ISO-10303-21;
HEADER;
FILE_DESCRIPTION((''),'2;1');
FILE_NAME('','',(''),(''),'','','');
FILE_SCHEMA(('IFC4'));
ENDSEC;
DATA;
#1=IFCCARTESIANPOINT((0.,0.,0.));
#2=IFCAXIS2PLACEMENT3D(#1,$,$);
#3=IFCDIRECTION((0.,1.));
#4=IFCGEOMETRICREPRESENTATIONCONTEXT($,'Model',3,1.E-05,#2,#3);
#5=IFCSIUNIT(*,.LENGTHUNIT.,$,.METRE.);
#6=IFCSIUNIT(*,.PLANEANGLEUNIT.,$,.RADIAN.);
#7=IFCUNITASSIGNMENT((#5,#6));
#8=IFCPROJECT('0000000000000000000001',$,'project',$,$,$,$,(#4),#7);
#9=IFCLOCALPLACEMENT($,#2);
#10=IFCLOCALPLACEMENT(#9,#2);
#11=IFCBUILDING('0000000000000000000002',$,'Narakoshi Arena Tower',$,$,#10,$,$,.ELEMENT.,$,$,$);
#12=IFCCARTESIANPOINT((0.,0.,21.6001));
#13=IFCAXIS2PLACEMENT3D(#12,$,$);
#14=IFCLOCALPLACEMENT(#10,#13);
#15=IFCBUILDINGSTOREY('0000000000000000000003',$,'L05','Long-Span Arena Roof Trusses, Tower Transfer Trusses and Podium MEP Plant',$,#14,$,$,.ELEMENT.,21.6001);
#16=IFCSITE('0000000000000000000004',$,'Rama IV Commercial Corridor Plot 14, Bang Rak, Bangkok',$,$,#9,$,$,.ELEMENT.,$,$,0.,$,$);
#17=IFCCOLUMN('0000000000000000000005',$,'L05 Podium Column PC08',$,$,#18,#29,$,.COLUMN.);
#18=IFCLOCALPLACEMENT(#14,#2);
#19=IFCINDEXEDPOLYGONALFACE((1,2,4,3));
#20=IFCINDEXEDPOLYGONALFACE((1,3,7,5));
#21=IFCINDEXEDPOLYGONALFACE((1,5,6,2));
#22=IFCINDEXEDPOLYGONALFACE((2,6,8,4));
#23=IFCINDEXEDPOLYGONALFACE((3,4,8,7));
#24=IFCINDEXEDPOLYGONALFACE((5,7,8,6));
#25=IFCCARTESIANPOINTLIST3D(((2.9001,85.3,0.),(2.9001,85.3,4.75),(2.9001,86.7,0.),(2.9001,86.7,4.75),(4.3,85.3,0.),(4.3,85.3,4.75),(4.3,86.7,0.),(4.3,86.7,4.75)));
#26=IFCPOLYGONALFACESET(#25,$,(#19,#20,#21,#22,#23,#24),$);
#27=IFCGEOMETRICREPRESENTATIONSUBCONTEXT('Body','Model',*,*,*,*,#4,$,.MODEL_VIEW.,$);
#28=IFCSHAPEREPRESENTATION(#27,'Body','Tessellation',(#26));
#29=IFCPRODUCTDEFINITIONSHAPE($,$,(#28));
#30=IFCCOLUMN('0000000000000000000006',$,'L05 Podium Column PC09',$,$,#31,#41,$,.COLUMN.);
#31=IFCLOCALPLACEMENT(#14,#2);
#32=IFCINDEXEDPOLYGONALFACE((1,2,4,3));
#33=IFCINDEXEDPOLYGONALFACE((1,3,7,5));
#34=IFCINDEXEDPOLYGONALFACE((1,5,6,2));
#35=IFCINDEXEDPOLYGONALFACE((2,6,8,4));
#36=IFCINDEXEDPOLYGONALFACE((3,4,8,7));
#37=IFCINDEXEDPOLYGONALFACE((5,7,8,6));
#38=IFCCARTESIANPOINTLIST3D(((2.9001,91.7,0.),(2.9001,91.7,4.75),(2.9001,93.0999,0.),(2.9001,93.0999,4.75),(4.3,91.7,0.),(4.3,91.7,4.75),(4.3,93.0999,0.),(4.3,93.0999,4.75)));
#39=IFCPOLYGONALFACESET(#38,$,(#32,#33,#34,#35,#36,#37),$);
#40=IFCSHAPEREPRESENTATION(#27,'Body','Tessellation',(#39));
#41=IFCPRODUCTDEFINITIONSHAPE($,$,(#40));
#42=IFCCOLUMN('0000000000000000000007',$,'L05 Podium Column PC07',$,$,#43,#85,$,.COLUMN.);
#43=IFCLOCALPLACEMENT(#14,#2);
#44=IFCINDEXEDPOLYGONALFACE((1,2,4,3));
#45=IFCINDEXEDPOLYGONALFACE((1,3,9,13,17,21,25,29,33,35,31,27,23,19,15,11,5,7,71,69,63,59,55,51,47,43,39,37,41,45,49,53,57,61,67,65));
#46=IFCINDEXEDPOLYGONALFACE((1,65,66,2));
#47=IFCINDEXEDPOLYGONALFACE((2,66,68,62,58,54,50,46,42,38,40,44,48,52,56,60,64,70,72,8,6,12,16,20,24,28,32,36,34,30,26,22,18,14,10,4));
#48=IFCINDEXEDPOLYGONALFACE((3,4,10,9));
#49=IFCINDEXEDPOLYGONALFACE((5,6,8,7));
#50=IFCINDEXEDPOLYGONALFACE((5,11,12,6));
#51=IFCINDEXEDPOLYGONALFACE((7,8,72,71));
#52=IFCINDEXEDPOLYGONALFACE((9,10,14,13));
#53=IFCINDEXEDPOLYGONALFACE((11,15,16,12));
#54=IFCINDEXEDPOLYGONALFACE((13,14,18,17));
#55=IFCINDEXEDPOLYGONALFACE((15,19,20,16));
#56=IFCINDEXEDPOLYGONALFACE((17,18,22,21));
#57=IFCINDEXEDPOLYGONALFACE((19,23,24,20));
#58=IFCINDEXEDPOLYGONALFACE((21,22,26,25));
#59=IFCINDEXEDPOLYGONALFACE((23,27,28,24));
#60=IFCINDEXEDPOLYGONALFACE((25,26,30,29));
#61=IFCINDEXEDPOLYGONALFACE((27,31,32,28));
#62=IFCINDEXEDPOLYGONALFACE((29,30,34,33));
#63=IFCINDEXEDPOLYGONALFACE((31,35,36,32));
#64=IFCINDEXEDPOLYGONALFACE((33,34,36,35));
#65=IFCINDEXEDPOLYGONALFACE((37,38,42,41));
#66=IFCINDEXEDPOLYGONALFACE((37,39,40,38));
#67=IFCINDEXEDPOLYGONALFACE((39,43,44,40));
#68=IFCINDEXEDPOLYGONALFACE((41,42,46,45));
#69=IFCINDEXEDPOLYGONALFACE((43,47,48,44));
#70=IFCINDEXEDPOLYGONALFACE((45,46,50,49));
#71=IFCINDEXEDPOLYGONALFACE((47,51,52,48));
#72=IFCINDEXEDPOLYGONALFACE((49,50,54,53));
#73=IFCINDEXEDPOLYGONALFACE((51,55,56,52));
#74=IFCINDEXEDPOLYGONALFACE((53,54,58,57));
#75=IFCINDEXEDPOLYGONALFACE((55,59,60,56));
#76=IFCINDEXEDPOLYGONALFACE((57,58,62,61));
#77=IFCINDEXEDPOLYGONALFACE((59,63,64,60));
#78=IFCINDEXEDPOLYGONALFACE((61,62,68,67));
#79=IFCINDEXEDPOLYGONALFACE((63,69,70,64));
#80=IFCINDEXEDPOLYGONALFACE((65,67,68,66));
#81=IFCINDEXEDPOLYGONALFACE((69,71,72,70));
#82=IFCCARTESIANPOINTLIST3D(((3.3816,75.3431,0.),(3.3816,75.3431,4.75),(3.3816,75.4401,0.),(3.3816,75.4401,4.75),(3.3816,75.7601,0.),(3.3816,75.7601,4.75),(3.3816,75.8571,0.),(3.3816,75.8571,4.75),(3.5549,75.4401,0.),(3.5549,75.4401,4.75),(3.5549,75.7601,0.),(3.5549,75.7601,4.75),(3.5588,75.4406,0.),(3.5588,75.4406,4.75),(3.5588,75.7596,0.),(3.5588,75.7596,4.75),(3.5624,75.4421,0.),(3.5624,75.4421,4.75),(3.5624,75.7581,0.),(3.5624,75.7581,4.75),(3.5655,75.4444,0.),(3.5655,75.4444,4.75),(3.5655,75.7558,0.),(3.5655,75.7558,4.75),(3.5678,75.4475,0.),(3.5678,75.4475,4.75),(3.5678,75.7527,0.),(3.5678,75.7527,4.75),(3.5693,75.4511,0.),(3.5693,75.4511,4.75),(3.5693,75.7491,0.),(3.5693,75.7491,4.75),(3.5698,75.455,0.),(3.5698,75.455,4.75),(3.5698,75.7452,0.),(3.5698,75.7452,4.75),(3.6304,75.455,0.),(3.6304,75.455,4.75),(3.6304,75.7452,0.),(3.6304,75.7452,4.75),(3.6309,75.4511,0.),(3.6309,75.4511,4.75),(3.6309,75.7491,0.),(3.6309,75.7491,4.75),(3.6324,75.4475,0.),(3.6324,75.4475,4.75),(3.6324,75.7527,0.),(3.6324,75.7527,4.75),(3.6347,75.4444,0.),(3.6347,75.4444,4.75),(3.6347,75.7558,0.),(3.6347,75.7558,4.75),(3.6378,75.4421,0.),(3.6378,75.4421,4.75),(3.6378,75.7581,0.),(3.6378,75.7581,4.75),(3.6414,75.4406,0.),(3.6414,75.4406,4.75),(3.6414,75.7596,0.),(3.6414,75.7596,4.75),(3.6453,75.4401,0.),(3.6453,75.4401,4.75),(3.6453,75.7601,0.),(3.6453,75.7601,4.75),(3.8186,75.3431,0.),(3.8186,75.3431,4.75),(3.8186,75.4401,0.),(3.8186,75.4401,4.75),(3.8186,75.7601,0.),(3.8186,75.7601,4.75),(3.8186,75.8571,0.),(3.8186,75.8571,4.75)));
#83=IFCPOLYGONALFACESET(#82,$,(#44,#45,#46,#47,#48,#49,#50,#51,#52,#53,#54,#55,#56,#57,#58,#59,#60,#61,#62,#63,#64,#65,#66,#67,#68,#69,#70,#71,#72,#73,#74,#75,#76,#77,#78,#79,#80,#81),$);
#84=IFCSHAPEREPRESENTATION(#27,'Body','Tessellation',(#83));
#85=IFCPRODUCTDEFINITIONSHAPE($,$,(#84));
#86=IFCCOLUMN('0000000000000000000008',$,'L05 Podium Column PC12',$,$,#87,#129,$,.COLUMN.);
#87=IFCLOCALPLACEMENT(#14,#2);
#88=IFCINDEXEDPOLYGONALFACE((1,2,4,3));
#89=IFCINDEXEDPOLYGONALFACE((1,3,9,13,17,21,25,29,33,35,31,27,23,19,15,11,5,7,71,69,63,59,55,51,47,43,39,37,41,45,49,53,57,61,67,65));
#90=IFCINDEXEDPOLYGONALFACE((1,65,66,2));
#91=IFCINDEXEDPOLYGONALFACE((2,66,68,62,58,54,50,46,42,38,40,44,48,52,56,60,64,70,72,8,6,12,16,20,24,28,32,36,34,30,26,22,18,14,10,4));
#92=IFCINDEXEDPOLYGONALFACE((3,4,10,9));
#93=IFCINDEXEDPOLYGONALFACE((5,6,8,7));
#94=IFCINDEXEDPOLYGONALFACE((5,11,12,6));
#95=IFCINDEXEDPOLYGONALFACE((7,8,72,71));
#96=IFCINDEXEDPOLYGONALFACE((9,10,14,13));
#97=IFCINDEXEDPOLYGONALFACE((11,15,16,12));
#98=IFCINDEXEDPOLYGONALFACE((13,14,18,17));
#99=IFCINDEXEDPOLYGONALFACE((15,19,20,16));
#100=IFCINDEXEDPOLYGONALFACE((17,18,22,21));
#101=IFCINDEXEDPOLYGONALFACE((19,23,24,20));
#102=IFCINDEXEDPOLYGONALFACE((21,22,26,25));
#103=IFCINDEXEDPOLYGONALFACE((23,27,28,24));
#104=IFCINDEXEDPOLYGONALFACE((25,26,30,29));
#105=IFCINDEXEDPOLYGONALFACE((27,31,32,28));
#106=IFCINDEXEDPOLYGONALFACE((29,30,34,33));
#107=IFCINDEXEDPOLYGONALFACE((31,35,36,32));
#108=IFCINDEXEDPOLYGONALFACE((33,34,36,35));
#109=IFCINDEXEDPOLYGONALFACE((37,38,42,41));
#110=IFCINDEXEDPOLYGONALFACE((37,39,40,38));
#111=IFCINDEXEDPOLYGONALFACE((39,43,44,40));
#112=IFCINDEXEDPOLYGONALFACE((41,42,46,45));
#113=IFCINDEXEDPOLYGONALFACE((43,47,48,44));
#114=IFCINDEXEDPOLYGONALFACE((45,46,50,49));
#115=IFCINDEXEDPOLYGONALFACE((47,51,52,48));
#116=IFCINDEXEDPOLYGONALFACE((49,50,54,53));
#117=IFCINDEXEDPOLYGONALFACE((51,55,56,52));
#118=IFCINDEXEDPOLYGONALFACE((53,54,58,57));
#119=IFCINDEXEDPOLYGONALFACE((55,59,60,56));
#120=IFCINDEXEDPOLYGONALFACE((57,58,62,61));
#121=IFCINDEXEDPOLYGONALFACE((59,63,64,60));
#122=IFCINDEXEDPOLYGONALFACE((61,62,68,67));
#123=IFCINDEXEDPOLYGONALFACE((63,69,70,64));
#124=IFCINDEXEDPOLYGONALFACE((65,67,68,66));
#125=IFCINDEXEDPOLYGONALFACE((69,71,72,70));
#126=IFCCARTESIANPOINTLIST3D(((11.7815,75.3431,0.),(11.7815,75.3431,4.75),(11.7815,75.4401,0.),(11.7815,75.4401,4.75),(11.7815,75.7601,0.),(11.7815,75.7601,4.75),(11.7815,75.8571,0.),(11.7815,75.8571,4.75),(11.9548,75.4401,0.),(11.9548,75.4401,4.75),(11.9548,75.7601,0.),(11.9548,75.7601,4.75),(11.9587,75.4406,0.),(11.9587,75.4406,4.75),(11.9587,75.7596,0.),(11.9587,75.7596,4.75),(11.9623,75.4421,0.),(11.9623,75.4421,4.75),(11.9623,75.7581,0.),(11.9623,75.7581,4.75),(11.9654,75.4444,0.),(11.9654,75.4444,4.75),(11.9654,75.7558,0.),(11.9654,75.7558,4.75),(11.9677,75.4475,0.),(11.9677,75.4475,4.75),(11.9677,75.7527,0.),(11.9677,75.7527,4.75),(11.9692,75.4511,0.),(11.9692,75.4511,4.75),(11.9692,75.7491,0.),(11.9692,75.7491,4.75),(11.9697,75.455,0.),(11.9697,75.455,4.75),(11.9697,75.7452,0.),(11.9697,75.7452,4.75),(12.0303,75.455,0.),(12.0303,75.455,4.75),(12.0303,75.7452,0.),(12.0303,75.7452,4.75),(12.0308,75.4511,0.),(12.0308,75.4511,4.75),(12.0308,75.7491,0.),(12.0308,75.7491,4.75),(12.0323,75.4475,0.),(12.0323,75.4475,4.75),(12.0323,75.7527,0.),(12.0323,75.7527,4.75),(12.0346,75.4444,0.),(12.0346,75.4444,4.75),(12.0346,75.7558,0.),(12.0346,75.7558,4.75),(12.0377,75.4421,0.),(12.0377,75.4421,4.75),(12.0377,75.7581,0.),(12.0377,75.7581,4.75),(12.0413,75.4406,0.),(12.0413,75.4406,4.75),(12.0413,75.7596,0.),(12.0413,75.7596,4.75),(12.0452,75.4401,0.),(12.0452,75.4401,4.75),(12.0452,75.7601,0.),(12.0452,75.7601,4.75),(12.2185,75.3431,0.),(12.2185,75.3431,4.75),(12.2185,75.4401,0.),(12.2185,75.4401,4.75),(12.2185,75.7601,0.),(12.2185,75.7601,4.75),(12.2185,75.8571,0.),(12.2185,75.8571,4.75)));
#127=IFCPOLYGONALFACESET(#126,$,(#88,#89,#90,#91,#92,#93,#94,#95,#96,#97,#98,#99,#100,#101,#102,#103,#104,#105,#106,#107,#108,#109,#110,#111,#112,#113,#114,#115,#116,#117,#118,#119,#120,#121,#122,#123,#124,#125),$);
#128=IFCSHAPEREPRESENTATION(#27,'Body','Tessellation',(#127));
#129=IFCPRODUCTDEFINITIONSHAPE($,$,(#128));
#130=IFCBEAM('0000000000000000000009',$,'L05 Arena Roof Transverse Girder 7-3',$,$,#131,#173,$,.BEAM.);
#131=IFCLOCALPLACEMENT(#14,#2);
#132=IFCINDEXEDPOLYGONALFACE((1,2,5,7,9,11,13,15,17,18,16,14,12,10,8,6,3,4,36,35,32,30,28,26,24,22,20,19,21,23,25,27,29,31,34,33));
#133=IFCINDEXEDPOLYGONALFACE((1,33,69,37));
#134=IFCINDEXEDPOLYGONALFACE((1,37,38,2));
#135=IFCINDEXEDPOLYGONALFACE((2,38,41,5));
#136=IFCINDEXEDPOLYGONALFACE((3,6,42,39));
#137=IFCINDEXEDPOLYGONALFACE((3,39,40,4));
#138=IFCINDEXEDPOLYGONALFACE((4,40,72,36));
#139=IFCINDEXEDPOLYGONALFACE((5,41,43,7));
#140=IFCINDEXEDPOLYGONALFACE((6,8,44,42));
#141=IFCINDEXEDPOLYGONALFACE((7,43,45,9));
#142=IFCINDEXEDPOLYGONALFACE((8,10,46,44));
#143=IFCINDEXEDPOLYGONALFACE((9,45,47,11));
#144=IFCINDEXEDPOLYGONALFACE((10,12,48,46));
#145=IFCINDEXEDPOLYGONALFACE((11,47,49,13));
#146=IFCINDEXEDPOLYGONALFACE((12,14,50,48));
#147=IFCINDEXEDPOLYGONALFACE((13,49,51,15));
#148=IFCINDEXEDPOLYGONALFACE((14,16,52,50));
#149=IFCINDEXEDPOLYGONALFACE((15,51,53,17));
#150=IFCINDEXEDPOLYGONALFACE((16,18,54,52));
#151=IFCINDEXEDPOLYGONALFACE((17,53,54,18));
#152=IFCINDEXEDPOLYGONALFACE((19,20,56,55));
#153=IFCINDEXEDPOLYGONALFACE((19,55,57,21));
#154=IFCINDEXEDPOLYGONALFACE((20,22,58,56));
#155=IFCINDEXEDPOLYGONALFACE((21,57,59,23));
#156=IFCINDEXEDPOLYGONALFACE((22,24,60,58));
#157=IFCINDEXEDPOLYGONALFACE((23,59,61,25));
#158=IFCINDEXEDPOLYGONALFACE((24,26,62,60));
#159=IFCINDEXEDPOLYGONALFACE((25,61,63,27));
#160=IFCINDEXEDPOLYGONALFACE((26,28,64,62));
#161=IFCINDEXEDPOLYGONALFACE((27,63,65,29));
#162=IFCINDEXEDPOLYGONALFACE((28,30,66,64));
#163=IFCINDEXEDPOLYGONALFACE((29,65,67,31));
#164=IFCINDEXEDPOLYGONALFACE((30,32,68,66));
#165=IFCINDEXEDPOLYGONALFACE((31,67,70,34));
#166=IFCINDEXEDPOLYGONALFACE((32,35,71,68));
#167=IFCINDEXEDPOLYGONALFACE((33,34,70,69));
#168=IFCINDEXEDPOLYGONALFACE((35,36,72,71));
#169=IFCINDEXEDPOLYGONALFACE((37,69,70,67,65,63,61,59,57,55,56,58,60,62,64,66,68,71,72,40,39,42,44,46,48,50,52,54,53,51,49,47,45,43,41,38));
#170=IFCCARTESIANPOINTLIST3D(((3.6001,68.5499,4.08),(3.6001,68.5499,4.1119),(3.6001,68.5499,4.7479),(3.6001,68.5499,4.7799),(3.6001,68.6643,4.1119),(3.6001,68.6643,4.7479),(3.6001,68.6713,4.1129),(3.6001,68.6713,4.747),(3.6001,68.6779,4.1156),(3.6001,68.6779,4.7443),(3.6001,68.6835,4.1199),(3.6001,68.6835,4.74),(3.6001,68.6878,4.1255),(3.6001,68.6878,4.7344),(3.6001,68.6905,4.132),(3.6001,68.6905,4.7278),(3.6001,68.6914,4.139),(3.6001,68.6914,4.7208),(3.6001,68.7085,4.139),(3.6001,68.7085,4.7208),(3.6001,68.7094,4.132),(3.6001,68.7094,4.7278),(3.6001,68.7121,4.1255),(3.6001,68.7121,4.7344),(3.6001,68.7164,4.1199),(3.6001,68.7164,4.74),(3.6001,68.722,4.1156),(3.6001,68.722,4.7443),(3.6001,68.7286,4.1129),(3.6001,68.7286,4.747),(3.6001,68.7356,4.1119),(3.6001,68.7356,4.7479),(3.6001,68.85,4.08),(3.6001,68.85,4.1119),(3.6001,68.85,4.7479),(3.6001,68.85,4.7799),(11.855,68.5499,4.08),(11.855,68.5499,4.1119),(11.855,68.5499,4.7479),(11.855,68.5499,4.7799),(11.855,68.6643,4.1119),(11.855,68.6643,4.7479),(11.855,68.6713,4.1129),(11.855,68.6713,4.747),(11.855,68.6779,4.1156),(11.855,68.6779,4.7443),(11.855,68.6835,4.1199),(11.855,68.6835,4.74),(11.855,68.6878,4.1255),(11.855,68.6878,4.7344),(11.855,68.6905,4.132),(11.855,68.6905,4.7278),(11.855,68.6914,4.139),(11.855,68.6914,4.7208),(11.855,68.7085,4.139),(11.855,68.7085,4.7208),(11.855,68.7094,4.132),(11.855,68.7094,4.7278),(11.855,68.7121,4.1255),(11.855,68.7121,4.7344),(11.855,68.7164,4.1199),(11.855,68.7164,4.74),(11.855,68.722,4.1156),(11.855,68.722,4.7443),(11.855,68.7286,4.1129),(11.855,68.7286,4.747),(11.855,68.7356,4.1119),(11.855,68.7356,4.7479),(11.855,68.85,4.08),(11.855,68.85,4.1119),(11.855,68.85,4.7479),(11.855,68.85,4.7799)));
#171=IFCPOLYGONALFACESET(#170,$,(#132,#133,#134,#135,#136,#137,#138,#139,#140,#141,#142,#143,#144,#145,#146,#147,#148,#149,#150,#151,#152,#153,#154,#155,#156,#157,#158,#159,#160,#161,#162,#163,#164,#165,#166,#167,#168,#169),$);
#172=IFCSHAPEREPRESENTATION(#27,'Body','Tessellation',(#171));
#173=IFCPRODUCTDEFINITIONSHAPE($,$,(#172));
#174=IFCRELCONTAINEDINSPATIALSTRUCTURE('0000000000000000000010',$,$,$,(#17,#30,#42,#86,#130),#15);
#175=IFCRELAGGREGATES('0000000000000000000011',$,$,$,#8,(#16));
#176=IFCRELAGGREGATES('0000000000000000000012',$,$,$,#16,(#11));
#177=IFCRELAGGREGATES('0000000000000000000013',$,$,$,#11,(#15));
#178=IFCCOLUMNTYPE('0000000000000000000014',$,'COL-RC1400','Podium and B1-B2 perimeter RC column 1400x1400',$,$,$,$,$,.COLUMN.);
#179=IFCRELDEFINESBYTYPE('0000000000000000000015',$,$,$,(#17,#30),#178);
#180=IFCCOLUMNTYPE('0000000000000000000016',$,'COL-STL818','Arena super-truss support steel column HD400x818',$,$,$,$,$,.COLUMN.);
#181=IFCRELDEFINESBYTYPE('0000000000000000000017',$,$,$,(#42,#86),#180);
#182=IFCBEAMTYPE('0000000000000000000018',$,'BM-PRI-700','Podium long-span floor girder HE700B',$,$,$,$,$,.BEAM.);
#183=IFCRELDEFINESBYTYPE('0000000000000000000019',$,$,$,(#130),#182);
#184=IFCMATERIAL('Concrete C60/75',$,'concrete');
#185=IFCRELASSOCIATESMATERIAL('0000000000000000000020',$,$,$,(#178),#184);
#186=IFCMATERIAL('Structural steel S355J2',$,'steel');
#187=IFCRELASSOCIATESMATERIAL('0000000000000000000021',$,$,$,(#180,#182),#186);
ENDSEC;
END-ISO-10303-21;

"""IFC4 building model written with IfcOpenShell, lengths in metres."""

from ifc_helpers import new_model, si_unit, direction, frame, origin, origin_2d, place, context, subcontext, project, spatial, rectangle, i_section, extrude, material, material_profile, profile_set, type_object, element, save


model = new_model("IFC4")

# Units and contexts
model_context = context("Model", 3, precision=1e-05, world=origin(), true_north=direction((0.0, 1.0)))
body_context = subcontext(model_context, "Body", "Model", "MODEL_VIEW")
ifc_project = project(units=[si_unit("LENGTHUNIT", "METRE"), si_unit("PLANEANGLEUNIT", "RADIAN")], contexts=[model_context])

# Site, building, storey
site_placement = place(None, origin())
site = spatial("IfcSite", under=ifc_project, at=site_placement, Name="Rama IV Commercial Corridor Plot 14, Bang Rak, Bangkok", CompositionType="ELEMENT", RefElevation=0.0)
building_placement = place(site_placement, origin())
building = spatial("IfcBuilding", under=site, at=building_placement, Name="Narakoshi Arena Tower", CompositionType="ELEMENT")
storey_placement = place(building_placement, frame((0.0, 0.0, 21.6001)))
storey = spatial("IfcBuildingStorey", under=building, at=storey_placement, Name="L05", Description="Long-Span Arena Roof Trusses, Tower Transfer Trusses and Podium MEP Plant", CompositionType="ELEMENT", Elevation=21.6001)

# Columns
ifc_material_1 = material(Name="Concrete C60/75", Category="concrete")
ifc_material_profile_1 = material_profile(ifc_material_1, rectangle(XDim=1.3999, YDim=1.3999, at=origin_2d()), Name="RC1400x1400")
ifc_profile_set_1 = profile_set([ifc_material_profile_1], Name="Concrete C60/75")
column_type_1 = type_object("IfcColumnType", Name="COL-RC1400", Description="Podium and B1-B2 perimeter RC column 1400x1400", PredefinedType="COLUMN", material=ifc_profile_set_1)
for number, where, z_axis, x_axis, name in (
    (1, (3.6001, 86.0, 0.0), (0.0, 0.0, 1.0), (1.0, 0.0, 0.0), "L05 Podium Column PC08"),
    (2, (3.6001, 92.3999, 0.0), (0.0, 0.0, 1.0), (1.0, 0.0, 0.0), "L05 Podium Column PC09"),
):
    element("IfcColumn", number, at=place(storey_placement, frame(where, z_axis=z_axis, x_axis=x_axis)), inside=storey, type_object=column_type_1, Name=name, PredefinedType="COLUMN", context=body_context, shape_type="SweptSolid", body=[
        extrude(rectangle(XDim=1.3999, YDim=1.3999, at=origin_2d()), origin(), (0.0, 0.0, 1.0), 4.75),
    ])
ifc_material_2 = material(Name="Structural steel S355J2", Category="steel")
ifc_material_profile_2 = material_profile(ifc_material_2, i_section(OverallWidth=0.437, OverallDepth=0.5139, WebThickness=0.0605, FlangeThickness=0.0969, FilletRadius=0.0149, at=origin_2d()), Name="HD400x818")
ifc_profile_set_2 = profile_set([ifc_material_profile_2], Name="Structural steel S355J2")
column_type_2 = type_object("IfcColumnType", Name="COL-STL818", Description="Arena super-truss support steel column HD400x818", PredefinedType="COLUMN", material=ifc_profile_set_2)
for number, where, z_axis, x_axis, name in (
    (3, (3.6001, 75.6001, 0.0), (0.0, 0.0, 1.0), (1.0, 0.0, 0.0), "L05 Podium Column PC07"),
    (4, (12.0, 75.6001, 0.0), (0.0, 0.0, 1.0), (1.0, 0.0, 0.0), "L05 Podium Column PC12"),
):
    element("IfcColumn", number, at=place(storey_placement, frame(where, z_axis=z_axis, x_axis=x_axis)), inside=storey, type_object=column_type_2, Name=name, PredefinedType="COLUMN", context=body_context, shape_type="SweptSolid", body=[
        extrude(i_section(OverallWidth=0.437, OverallDepth=0.5139, WebThickness=0.0605, FlangeThickness=0.0969, FilletRadius=0.0149, at=origin_2d()), origin(), (0.0, 0.0, 1.0), 4.75),
    ])

# Beam
ifc_material_profile_3 = material_profile(ifc_material_2, i_section(OverallWidth=0.3, OverallDepth=0.7, WebThickness=0.0171, FlangeThickness=0.032, FilletRadius=0.0271, at=origin_2d()), Name="HE700B")
ifc_profile_set_3 = profile_set([ifc_material_profile_3], Name="Structural steel S355J2")
beam_type_1 = type_object("IfcBeamType", Name="BM-PRI-700", Description="Podium long-span floor girder HE700B", PredefinedType="BEAM", material=ifc_profile_set_3)
beam_1_placement = place(storey_placement, frame((3.6001, 68.7, 4.4299), z_axis=(1.0, 0.0, 0.0), x_axis=(0.0, 1.0, 0.0)))
element("IfcBeam", 5, at=beam_1_placement, inside=storey, type_object=beam_type_1, Name="L05 Arena Roof Transverse Girder 7-3", PredefinedType="BEAM", context=body_context, shape_type="SweptSolid", body=[
    extrude(i_section(OverallWidth=0.3, OverallDepth=0.7, WebThickness=0.0171, FlangeThickness=0.032, FilletRadius=0.0271, at=origin_2d()), origin(), (0.0, 0.0, 1.0), 8.2549),
])

save(model, "model.ifc")
